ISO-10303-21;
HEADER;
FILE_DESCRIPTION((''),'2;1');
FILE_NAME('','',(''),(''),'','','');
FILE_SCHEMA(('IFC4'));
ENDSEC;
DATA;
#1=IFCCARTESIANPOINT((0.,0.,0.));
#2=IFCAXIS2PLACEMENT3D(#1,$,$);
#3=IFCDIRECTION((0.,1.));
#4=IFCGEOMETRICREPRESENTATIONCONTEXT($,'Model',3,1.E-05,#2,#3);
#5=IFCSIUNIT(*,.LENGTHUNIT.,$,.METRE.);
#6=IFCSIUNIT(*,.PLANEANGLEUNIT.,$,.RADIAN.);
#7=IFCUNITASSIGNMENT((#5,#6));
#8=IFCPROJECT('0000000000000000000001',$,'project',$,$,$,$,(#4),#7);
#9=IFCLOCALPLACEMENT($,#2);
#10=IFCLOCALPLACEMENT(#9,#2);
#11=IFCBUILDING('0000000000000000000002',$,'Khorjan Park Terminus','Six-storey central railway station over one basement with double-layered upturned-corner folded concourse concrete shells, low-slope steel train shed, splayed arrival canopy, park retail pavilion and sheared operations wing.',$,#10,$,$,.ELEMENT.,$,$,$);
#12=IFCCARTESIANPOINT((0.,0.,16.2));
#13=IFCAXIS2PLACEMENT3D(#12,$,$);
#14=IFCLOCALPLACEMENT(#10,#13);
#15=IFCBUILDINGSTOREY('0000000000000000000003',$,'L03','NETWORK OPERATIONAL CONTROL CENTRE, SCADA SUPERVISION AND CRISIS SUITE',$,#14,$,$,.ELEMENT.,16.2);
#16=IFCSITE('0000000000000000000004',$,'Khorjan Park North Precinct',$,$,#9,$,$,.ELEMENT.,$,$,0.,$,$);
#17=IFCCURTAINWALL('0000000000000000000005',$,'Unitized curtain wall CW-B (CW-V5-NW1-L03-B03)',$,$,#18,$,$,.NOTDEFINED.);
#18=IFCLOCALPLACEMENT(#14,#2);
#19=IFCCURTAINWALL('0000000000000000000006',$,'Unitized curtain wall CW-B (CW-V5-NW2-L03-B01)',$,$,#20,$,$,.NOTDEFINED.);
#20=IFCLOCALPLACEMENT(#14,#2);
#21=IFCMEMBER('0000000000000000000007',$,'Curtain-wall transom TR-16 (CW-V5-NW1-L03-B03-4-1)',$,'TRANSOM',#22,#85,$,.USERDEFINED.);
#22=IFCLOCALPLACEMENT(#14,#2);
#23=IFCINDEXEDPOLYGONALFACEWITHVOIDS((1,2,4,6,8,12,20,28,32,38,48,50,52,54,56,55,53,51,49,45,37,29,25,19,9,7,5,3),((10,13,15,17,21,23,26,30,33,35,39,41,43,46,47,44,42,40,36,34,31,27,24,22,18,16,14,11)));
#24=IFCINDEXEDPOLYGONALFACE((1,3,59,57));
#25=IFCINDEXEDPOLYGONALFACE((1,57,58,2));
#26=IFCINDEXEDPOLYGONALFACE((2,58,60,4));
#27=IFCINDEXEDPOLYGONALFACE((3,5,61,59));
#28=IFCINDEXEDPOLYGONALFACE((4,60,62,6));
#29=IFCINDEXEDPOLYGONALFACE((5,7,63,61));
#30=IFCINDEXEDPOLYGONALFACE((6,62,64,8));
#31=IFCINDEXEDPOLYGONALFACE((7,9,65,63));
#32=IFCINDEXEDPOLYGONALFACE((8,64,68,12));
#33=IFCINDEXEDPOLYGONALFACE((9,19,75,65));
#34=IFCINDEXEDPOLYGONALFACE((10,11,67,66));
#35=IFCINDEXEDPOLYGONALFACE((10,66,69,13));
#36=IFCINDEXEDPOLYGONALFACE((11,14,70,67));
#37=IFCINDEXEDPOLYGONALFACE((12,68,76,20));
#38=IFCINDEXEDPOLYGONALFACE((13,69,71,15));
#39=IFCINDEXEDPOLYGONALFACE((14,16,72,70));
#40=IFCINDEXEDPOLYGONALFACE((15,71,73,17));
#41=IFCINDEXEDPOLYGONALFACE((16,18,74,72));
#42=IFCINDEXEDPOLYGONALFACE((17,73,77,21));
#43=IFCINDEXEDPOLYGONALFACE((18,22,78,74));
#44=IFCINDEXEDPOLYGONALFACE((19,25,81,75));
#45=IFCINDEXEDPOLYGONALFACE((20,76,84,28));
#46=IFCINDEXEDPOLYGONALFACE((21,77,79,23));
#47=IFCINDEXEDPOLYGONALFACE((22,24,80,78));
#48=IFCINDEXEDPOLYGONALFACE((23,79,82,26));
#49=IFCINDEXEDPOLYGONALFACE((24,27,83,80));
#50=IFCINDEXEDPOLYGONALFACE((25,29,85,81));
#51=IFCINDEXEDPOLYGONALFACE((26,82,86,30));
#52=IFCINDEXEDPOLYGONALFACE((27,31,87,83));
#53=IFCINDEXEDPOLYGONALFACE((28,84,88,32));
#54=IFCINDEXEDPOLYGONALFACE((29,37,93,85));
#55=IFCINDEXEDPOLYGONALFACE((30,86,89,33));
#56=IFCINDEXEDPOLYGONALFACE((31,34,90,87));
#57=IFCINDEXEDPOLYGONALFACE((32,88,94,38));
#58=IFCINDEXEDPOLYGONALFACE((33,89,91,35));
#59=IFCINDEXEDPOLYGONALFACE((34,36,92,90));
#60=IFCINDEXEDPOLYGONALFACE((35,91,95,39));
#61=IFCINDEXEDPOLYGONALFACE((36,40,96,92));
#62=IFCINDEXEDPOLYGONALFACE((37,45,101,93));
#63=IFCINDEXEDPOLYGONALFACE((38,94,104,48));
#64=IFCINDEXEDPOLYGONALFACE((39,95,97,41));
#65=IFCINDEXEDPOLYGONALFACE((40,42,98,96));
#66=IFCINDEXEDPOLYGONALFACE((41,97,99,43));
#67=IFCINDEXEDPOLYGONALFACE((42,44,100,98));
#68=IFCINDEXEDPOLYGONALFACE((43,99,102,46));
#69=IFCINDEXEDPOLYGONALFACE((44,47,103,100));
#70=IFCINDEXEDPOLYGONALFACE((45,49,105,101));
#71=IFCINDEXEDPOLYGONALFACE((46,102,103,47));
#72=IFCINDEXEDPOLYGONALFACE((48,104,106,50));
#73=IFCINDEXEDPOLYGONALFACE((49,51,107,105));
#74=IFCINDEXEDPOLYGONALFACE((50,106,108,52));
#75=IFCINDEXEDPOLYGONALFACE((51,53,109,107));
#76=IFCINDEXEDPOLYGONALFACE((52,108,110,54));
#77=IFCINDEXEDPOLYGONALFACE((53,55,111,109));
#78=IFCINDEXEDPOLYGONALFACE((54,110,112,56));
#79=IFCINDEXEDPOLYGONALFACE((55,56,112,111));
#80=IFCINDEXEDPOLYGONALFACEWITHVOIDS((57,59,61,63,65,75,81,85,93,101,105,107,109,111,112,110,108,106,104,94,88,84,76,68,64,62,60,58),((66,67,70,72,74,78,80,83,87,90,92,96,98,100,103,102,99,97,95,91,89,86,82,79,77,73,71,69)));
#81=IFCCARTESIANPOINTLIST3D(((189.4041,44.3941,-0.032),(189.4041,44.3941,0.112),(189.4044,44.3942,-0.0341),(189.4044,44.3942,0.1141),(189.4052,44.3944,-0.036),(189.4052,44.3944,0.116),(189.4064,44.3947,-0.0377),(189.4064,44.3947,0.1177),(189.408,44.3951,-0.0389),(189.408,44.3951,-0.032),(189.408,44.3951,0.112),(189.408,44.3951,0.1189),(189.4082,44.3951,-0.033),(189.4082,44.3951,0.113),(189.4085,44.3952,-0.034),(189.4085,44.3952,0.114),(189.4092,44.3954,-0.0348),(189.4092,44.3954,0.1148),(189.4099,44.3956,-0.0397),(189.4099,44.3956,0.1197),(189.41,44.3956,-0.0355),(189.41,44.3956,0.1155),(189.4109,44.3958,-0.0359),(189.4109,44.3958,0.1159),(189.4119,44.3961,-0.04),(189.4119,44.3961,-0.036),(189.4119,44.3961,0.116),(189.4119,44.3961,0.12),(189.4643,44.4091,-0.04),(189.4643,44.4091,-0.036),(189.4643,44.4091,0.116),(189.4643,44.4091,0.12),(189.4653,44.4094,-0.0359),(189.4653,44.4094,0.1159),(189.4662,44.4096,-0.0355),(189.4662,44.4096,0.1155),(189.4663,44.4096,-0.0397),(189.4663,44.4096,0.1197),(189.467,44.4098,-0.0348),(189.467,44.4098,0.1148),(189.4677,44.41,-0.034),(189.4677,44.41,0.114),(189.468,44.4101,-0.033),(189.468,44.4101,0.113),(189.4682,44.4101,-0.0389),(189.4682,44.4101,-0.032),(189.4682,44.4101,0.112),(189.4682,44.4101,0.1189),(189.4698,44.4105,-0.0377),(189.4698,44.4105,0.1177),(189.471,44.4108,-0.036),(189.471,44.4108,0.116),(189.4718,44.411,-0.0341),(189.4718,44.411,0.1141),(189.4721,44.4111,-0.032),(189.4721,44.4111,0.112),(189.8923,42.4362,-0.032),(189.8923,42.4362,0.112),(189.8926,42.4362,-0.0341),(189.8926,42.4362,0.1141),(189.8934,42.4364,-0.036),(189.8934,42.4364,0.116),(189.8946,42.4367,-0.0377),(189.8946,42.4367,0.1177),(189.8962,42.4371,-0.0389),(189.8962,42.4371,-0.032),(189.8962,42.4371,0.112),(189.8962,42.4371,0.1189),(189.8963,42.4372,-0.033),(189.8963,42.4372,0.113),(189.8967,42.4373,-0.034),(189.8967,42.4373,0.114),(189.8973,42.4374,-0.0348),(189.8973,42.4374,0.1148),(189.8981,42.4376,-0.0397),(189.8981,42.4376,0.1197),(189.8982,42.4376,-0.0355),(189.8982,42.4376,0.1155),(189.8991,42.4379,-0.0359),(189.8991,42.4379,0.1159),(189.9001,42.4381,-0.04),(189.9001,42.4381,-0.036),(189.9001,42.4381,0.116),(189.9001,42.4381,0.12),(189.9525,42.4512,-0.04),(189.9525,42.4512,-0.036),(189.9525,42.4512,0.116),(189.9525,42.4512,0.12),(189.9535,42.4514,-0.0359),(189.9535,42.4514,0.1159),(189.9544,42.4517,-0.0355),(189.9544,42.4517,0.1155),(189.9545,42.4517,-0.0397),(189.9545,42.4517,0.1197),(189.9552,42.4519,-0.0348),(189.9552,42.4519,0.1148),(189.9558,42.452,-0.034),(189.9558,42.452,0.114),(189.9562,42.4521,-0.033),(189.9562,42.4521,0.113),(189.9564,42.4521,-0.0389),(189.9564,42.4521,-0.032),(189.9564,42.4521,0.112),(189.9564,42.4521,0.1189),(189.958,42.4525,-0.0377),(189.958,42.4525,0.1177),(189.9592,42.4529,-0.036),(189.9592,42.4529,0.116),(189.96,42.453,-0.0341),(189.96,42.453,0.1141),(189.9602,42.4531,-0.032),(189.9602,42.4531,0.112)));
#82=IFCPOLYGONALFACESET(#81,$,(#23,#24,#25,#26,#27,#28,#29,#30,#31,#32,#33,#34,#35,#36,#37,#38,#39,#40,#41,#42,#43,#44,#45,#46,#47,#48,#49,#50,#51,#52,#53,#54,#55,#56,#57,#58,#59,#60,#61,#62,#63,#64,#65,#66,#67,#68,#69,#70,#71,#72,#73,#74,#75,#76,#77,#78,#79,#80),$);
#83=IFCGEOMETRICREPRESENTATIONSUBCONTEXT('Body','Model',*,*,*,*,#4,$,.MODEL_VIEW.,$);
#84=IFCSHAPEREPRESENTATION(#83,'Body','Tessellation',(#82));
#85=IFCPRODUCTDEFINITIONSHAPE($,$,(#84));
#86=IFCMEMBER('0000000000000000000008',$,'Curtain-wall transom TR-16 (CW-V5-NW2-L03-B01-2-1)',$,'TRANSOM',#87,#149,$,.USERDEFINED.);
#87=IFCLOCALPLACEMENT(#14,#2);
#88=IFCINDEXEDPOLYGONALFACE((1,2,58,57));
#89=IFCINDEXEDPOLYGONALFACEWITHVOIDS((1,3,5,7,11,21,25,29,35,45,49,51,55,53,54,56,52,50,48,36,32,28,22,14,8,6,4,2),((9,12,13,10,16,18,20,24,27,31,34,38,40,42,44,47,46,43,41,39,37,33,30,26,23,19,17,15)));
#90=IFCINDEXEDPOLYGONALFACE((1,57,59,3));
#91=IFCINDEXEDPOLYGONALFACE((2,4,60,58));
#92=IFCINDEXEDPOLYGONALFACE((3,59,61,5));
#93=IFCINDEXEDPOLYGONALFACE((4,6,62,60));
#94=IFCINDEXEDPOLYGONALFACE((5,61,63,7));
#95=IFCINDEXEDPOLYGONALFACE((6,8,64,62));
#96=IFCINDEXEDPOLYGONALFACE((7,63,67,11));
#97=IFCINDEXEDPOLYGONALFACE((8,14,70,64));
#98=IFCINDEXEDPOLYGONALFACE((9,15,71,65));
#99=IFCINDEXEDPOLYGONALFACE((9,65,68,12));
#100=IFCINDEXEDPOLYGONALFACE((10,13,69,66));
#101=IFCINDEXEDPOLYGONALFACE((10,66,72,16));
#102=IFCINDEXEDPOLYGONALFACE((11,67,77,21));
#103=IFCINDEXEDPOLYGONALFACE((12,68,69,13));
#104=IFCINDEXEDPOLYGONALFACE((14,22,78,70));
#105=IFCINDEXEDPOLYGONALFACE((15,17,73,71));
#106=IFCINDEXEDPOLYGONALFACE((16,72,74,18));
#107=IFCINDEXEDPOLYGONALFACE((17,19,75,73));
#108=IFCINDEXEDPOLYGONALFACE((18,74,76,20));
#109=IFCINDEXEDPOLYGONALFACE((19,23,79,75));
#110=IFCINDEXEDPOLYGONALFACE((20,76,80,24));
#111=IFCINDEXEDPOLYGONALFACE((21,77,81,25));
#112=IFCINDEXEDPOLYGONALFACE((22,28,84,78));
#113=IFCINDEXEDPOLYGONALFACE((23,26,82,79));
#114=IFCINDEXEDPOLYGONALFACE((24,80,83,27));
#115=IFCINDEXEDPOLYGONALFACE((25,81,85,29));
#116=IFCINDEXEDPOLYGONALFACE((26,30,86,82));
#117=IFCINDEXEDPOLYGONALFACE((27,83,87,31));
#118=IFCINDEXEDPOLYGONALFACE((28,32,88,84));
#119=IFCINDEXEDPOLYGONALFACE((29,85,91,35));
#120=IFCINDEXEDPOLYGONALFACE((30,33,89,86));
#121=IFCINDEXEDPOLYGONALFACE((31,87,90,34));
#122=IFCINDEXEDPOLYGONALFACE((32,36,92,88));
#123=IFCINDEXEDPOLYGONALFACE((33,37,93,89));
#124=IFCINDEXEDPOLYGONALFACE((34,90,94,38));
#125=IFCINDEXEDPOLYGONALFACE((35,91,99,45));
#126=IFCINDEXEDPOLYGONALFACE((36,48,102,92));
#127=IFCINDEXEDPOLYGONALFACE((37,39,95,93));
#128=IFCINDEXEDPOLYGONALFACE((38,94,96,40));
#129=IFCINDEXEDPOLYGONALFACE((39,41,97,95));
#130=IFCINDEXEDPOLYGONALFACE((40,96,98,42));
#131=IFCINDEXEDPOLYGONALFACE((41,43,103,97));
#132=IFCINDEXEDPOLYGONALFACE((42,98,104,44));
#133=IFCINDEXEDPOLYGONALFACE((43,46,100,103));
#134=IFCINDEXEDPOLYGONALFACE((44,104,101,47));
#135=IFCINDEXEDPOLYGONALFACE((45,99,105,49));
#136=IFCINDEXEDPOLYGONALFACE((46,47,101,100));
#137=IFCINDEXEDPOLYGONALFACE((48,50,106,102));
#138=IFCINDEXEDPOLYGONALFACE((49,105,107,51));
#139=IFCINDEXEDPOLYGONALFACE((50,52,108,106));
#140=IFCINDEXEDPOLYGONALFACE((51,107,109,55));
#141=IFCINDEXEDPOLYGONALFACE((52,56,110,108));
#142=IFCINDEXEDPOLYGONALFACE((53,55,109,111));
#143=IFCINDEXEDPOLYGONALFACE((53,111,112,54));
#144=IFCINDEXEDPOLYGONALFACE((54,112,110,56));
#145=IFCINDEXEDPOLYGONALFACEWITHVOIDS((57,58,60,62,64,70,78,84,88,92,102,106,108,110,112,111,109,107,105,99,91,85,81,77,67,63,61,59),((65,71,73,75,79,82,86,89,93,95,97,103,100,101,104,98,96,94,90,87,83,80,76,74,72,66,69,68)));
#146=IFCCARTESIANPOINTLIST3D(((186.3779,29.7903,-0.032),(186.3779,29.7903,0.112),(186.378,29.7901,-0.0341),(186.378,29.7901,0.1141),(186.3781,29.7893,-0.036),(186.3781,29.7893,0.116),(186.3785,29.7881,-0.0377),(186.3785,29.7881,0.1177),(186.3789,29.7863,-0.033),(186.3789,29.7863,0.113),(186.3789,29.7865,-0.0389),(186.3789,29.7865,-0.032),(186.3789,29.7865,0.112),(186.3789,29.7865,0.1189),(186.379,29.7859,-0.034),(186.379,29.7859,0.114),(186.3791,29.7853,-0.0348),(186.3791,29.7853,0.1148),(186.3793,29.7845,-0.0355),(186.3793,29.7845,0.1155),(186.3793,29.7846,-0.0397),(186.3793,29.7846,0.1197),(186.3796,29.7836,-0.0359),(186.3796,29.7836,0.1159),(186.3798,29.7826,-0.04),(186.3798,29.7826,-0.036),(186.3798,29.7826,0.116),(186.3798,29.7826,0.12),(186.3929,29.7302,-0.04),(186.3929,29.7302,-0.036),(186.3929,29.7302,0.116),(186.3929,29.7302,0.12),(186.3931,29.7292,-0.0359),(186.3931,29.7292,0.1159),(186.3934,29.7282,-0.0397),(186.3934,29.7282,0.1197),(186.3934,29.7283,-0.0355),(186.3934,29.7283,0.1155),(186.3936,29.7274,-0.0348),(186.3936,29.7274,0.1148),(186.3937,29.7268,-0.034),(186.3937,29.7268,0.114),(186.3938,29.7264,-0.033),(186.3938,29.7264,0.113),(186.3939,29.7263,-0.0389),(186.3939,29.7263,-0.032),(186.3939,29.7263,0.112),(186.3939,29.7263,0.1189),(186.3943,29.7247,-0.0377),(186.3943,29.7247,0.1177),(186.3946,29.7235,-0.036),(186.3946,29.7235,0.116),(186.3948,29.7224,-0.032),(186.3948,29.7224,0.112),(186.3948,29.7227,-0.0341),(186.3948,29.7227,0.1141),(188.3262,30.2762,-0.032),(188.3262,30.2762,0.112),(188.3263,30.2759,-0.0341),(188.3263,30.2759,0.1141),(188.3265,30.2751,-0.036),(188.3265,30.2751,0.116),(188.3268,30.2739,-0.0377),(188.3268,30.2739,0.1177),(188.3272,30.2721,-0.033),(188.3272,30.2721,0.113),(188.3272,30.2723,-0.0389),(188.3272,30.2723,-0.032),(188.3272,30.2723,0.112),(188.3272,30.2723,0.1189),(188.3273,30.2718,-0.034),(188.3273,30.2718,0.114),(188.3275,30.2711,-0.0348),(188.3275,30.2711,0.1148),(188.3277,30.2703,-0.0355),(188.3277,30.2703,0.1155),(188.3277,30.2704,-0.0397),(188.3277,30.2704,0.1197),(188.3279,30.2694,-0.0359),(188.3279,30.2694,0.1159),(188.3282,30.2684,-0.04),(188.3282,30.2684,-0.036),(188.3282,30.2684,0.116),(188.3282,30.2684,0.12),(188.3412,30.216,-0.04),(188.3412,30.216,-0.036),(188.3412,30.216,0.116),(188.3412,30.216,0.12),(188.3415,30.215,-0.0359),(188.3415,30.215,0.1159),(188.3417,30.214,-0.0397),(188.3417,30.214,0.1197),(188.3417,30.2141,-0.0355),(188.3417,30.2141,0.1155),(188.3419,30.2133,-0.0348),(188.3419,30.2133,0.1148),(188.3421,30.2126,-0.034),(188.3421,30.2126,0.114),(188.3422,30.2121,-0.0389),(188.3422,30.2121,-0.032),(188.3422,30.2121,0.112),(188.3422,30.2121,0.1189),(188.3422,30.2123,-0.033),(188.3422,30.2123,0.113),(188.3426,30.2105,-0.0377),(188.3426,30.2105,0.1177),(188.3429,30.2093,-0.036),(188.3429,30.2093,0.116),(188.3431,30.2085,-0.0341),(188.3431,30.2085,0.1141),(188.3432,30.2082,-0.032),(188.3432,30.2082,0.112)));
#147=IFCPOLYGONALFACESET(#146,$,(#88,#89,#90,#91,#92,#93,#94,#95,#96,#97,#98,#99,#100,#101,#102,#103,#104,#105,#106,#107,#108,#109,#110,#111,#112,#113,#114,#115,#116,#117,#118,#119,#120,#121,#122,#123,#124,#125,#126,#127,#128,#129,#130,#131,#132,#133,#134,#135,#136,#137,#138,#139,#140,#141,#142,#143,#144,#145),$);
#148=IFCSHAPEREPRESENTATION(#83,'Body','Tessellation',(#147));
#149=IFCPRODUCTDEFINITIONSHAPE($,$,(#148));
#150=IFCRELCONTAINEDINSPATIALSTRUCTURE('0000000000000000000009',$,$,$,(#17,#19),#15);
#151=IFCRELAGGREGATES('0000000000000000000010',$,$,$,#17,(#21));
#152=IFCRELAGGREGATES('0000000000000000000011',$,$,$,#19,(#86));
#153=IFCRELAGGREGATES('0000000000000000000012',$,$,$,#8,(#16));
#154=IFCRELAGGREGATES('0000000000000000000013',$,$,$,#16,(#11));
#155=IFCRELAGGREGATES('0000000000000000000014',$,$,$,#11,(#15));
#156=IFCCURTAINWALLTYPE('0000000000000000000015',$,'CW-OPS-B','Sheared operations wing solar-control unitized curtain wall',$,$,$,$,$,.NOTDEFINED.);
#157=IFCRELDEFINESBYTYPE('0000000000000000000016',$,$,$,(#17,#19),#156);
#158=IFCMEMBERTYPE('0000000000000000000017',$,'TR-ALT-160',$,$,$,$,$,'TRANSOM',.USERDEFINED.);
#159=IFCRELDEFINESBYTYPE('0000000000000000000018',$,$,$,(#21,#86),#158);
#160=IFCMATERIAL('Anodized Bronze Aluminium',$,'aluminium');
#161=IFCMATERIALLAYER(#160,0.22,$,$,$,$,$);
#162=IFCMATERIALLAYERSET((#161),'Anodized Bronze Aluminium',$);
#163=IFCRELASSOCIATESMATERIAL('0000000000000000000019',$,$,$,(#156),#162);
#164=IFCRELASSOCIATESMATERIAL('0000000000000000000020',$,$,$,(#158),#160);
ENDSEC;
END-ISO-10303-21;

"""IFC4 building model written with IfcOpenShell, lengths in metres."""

from ifc_helpers import new_model, si_unit, direction, frame, origin, origin_2d, place, context, subcontext, project, spatial, hollow_rectangle, extrude, material, layer, layer_set, material_profile, profile_set, type_object, element, aggregate, save


model = new_model("IFC4")

# Units and contexts
model_context = context("Model", 3, precision=1e-05, world=origin(), true_north=direction((0.0, 1.0)))
body_context = subcontext(model_context, "Body", "Model", "MODEL_VIEW")
ifc_project = project(units=[si_unit("LENGTHUNIT", "METRE"), si_unit("PLANEANGLEUNIT", "RADIAN")], contexts=[model_context])

# Site, building, storey
site_placement = place(None, origin())
site = spatial("IfcSite", under=ifc_project, at=site_placement, Name="Khorjan Park North Precinct", CompositionType="ELEMENT", RefElevation=0.0)
building_placement = place(site_placement, origin())
building = spatial("IfcBuilding", under=site, at=building_placement, Name="Khorjan Park Terminus", Description="Six-storey central railway station over one basement with double-layered upturned-corner folded concourse concrete shells, low-slope steel train shed, splayed arrival canopy, park retail pavilion and sheared operations wing.", CompositionType="ELEMENT")
storey_placement = place(building_placement, frame((0.0, 0.0, 16.2)))
storey = spatial("IfcBuildingStorey", under=building, at=storey_placement, Name="L03", Description="NETWORK OPERATIONAL CONTROL CENTRE, SCADA SUPERVISION AND CRISIS SUITE", CompositionType="ELEMENT", Elevation=16.2)

# Curtain walls
ifc_material_1 = material(Name="Anodized Bronze Aluminium", Category="aluminium")
ifc_layer_1 = layer(ifc_material_1, 0.22)
ifc_layer_set_1 = layer_set([ifc_layer_1], Name="Anodized Bronze Aluminium")
curtain_wall_type = type_object("IfcCurtainWallType", Name="CW-OPS-B", Description="Sheared operations wing solar-control unitized curtain wall", PredefinedType="NOTDEFINED", material=ifc_layer_set_1)
curtain_wall_1_placement = place(storey_placement, origin())
curtain_wall_1 = element("IfcCurtainWall", 1, at=curtain_wall_1_placement, inside=storey, type_object=curtain_wall_type, Name="Unitized curtain wall CW-B (CW-V5-NW1-L03-B03)", PredefinedType="NOTDEFINED")
curtain_wall_2_placement = place(storey_placement, origin())
curtain_wall_2 = element("IfcCurtainWall", 2, at=curtain_wall_2_placement, inside=storey, type_object=curtain_wall_type, Name="Unitized curtain wall CW-B (CW-V5-NW2-L03-B01)", PredefinedType="NOTDEFINED")

# Members
ifc_material_profile_1 = material_profile(ifc_material_1, hollow_rectangle(XDim=0.07, YDim=0.16, WallThickness=0.004, InnerFilletRadius=0.004, OuterFilletRadius=0.008, at=origin_2d()), Name="ALT 70x160x4")
ifc_profile_set_1 = profile_set([ifc_material_profile_1], Name="Anodized Bronze Aluminium")
member_type_1 = type_object("IfcMemberType", Name="TR-ALT-160", ElementType="TRANSOM", PredefinedType="USERDEFINED", material=ifc_profile_set_1)
member_1_placement = place(storey_placement, frame((189.4381, 44.4026, 0.04), z_axis=(0.241929, -0.970294, 0.0), x_axis=(0.970294, 0.241929, 0.0)))
member_1 = element("IfcMember", 3, at=member_1_placement, type_object=member_type_1, Name="Curtain-wall transom TR-16 (CW-V5-NW1-L03-B03-4-1)", ObjectType="TRANSOM", PredefinedType="USERDEFINED", context=body_context, shape_type="SweptSolid", body=[
    extrude(hollow_rectangle(XDim=0.07, YDim=0.16, WallThickness=0.004, InnerFilletRadius=0.004, OuterFilletRadius=0.008, at=origin_2d()), origin(), (0.0, 0.0, 1.0), 2.0179),
])
member_2_placement = place(storey_placement, frame((188.3347, 30.2422, 0.04), z_axis=(-0.970292, -0.241938, 0.0), x_axis=(0.241938, -0.970292, 0.0)))
member_2 = element("IfcMember", 4, at=member_2_placement, type_object=member_type_1, Name="Curtain-wall transom TR-16 (CW-V5-NW2-L03-B01-2-1)", ObjectType="TRANSOM", PredefinedType="USERDEFINED", context=body_context, shape_type="SweptSolid", body=[
    extrude(hollow_rectangle(XDim=0.07, YDim=0.16, WallThickness=0.004, InnerFilletRadius=0.004, OuterFilletRadius=0.008, at=origin_2d()), origin(), (0.0, 0.0, 1.0), 2.008),
])

aggregate(curtain_wall_1, [member_1])
aggregate(curtain_wall_2, [member_2])

save(model, "model.ifc")
